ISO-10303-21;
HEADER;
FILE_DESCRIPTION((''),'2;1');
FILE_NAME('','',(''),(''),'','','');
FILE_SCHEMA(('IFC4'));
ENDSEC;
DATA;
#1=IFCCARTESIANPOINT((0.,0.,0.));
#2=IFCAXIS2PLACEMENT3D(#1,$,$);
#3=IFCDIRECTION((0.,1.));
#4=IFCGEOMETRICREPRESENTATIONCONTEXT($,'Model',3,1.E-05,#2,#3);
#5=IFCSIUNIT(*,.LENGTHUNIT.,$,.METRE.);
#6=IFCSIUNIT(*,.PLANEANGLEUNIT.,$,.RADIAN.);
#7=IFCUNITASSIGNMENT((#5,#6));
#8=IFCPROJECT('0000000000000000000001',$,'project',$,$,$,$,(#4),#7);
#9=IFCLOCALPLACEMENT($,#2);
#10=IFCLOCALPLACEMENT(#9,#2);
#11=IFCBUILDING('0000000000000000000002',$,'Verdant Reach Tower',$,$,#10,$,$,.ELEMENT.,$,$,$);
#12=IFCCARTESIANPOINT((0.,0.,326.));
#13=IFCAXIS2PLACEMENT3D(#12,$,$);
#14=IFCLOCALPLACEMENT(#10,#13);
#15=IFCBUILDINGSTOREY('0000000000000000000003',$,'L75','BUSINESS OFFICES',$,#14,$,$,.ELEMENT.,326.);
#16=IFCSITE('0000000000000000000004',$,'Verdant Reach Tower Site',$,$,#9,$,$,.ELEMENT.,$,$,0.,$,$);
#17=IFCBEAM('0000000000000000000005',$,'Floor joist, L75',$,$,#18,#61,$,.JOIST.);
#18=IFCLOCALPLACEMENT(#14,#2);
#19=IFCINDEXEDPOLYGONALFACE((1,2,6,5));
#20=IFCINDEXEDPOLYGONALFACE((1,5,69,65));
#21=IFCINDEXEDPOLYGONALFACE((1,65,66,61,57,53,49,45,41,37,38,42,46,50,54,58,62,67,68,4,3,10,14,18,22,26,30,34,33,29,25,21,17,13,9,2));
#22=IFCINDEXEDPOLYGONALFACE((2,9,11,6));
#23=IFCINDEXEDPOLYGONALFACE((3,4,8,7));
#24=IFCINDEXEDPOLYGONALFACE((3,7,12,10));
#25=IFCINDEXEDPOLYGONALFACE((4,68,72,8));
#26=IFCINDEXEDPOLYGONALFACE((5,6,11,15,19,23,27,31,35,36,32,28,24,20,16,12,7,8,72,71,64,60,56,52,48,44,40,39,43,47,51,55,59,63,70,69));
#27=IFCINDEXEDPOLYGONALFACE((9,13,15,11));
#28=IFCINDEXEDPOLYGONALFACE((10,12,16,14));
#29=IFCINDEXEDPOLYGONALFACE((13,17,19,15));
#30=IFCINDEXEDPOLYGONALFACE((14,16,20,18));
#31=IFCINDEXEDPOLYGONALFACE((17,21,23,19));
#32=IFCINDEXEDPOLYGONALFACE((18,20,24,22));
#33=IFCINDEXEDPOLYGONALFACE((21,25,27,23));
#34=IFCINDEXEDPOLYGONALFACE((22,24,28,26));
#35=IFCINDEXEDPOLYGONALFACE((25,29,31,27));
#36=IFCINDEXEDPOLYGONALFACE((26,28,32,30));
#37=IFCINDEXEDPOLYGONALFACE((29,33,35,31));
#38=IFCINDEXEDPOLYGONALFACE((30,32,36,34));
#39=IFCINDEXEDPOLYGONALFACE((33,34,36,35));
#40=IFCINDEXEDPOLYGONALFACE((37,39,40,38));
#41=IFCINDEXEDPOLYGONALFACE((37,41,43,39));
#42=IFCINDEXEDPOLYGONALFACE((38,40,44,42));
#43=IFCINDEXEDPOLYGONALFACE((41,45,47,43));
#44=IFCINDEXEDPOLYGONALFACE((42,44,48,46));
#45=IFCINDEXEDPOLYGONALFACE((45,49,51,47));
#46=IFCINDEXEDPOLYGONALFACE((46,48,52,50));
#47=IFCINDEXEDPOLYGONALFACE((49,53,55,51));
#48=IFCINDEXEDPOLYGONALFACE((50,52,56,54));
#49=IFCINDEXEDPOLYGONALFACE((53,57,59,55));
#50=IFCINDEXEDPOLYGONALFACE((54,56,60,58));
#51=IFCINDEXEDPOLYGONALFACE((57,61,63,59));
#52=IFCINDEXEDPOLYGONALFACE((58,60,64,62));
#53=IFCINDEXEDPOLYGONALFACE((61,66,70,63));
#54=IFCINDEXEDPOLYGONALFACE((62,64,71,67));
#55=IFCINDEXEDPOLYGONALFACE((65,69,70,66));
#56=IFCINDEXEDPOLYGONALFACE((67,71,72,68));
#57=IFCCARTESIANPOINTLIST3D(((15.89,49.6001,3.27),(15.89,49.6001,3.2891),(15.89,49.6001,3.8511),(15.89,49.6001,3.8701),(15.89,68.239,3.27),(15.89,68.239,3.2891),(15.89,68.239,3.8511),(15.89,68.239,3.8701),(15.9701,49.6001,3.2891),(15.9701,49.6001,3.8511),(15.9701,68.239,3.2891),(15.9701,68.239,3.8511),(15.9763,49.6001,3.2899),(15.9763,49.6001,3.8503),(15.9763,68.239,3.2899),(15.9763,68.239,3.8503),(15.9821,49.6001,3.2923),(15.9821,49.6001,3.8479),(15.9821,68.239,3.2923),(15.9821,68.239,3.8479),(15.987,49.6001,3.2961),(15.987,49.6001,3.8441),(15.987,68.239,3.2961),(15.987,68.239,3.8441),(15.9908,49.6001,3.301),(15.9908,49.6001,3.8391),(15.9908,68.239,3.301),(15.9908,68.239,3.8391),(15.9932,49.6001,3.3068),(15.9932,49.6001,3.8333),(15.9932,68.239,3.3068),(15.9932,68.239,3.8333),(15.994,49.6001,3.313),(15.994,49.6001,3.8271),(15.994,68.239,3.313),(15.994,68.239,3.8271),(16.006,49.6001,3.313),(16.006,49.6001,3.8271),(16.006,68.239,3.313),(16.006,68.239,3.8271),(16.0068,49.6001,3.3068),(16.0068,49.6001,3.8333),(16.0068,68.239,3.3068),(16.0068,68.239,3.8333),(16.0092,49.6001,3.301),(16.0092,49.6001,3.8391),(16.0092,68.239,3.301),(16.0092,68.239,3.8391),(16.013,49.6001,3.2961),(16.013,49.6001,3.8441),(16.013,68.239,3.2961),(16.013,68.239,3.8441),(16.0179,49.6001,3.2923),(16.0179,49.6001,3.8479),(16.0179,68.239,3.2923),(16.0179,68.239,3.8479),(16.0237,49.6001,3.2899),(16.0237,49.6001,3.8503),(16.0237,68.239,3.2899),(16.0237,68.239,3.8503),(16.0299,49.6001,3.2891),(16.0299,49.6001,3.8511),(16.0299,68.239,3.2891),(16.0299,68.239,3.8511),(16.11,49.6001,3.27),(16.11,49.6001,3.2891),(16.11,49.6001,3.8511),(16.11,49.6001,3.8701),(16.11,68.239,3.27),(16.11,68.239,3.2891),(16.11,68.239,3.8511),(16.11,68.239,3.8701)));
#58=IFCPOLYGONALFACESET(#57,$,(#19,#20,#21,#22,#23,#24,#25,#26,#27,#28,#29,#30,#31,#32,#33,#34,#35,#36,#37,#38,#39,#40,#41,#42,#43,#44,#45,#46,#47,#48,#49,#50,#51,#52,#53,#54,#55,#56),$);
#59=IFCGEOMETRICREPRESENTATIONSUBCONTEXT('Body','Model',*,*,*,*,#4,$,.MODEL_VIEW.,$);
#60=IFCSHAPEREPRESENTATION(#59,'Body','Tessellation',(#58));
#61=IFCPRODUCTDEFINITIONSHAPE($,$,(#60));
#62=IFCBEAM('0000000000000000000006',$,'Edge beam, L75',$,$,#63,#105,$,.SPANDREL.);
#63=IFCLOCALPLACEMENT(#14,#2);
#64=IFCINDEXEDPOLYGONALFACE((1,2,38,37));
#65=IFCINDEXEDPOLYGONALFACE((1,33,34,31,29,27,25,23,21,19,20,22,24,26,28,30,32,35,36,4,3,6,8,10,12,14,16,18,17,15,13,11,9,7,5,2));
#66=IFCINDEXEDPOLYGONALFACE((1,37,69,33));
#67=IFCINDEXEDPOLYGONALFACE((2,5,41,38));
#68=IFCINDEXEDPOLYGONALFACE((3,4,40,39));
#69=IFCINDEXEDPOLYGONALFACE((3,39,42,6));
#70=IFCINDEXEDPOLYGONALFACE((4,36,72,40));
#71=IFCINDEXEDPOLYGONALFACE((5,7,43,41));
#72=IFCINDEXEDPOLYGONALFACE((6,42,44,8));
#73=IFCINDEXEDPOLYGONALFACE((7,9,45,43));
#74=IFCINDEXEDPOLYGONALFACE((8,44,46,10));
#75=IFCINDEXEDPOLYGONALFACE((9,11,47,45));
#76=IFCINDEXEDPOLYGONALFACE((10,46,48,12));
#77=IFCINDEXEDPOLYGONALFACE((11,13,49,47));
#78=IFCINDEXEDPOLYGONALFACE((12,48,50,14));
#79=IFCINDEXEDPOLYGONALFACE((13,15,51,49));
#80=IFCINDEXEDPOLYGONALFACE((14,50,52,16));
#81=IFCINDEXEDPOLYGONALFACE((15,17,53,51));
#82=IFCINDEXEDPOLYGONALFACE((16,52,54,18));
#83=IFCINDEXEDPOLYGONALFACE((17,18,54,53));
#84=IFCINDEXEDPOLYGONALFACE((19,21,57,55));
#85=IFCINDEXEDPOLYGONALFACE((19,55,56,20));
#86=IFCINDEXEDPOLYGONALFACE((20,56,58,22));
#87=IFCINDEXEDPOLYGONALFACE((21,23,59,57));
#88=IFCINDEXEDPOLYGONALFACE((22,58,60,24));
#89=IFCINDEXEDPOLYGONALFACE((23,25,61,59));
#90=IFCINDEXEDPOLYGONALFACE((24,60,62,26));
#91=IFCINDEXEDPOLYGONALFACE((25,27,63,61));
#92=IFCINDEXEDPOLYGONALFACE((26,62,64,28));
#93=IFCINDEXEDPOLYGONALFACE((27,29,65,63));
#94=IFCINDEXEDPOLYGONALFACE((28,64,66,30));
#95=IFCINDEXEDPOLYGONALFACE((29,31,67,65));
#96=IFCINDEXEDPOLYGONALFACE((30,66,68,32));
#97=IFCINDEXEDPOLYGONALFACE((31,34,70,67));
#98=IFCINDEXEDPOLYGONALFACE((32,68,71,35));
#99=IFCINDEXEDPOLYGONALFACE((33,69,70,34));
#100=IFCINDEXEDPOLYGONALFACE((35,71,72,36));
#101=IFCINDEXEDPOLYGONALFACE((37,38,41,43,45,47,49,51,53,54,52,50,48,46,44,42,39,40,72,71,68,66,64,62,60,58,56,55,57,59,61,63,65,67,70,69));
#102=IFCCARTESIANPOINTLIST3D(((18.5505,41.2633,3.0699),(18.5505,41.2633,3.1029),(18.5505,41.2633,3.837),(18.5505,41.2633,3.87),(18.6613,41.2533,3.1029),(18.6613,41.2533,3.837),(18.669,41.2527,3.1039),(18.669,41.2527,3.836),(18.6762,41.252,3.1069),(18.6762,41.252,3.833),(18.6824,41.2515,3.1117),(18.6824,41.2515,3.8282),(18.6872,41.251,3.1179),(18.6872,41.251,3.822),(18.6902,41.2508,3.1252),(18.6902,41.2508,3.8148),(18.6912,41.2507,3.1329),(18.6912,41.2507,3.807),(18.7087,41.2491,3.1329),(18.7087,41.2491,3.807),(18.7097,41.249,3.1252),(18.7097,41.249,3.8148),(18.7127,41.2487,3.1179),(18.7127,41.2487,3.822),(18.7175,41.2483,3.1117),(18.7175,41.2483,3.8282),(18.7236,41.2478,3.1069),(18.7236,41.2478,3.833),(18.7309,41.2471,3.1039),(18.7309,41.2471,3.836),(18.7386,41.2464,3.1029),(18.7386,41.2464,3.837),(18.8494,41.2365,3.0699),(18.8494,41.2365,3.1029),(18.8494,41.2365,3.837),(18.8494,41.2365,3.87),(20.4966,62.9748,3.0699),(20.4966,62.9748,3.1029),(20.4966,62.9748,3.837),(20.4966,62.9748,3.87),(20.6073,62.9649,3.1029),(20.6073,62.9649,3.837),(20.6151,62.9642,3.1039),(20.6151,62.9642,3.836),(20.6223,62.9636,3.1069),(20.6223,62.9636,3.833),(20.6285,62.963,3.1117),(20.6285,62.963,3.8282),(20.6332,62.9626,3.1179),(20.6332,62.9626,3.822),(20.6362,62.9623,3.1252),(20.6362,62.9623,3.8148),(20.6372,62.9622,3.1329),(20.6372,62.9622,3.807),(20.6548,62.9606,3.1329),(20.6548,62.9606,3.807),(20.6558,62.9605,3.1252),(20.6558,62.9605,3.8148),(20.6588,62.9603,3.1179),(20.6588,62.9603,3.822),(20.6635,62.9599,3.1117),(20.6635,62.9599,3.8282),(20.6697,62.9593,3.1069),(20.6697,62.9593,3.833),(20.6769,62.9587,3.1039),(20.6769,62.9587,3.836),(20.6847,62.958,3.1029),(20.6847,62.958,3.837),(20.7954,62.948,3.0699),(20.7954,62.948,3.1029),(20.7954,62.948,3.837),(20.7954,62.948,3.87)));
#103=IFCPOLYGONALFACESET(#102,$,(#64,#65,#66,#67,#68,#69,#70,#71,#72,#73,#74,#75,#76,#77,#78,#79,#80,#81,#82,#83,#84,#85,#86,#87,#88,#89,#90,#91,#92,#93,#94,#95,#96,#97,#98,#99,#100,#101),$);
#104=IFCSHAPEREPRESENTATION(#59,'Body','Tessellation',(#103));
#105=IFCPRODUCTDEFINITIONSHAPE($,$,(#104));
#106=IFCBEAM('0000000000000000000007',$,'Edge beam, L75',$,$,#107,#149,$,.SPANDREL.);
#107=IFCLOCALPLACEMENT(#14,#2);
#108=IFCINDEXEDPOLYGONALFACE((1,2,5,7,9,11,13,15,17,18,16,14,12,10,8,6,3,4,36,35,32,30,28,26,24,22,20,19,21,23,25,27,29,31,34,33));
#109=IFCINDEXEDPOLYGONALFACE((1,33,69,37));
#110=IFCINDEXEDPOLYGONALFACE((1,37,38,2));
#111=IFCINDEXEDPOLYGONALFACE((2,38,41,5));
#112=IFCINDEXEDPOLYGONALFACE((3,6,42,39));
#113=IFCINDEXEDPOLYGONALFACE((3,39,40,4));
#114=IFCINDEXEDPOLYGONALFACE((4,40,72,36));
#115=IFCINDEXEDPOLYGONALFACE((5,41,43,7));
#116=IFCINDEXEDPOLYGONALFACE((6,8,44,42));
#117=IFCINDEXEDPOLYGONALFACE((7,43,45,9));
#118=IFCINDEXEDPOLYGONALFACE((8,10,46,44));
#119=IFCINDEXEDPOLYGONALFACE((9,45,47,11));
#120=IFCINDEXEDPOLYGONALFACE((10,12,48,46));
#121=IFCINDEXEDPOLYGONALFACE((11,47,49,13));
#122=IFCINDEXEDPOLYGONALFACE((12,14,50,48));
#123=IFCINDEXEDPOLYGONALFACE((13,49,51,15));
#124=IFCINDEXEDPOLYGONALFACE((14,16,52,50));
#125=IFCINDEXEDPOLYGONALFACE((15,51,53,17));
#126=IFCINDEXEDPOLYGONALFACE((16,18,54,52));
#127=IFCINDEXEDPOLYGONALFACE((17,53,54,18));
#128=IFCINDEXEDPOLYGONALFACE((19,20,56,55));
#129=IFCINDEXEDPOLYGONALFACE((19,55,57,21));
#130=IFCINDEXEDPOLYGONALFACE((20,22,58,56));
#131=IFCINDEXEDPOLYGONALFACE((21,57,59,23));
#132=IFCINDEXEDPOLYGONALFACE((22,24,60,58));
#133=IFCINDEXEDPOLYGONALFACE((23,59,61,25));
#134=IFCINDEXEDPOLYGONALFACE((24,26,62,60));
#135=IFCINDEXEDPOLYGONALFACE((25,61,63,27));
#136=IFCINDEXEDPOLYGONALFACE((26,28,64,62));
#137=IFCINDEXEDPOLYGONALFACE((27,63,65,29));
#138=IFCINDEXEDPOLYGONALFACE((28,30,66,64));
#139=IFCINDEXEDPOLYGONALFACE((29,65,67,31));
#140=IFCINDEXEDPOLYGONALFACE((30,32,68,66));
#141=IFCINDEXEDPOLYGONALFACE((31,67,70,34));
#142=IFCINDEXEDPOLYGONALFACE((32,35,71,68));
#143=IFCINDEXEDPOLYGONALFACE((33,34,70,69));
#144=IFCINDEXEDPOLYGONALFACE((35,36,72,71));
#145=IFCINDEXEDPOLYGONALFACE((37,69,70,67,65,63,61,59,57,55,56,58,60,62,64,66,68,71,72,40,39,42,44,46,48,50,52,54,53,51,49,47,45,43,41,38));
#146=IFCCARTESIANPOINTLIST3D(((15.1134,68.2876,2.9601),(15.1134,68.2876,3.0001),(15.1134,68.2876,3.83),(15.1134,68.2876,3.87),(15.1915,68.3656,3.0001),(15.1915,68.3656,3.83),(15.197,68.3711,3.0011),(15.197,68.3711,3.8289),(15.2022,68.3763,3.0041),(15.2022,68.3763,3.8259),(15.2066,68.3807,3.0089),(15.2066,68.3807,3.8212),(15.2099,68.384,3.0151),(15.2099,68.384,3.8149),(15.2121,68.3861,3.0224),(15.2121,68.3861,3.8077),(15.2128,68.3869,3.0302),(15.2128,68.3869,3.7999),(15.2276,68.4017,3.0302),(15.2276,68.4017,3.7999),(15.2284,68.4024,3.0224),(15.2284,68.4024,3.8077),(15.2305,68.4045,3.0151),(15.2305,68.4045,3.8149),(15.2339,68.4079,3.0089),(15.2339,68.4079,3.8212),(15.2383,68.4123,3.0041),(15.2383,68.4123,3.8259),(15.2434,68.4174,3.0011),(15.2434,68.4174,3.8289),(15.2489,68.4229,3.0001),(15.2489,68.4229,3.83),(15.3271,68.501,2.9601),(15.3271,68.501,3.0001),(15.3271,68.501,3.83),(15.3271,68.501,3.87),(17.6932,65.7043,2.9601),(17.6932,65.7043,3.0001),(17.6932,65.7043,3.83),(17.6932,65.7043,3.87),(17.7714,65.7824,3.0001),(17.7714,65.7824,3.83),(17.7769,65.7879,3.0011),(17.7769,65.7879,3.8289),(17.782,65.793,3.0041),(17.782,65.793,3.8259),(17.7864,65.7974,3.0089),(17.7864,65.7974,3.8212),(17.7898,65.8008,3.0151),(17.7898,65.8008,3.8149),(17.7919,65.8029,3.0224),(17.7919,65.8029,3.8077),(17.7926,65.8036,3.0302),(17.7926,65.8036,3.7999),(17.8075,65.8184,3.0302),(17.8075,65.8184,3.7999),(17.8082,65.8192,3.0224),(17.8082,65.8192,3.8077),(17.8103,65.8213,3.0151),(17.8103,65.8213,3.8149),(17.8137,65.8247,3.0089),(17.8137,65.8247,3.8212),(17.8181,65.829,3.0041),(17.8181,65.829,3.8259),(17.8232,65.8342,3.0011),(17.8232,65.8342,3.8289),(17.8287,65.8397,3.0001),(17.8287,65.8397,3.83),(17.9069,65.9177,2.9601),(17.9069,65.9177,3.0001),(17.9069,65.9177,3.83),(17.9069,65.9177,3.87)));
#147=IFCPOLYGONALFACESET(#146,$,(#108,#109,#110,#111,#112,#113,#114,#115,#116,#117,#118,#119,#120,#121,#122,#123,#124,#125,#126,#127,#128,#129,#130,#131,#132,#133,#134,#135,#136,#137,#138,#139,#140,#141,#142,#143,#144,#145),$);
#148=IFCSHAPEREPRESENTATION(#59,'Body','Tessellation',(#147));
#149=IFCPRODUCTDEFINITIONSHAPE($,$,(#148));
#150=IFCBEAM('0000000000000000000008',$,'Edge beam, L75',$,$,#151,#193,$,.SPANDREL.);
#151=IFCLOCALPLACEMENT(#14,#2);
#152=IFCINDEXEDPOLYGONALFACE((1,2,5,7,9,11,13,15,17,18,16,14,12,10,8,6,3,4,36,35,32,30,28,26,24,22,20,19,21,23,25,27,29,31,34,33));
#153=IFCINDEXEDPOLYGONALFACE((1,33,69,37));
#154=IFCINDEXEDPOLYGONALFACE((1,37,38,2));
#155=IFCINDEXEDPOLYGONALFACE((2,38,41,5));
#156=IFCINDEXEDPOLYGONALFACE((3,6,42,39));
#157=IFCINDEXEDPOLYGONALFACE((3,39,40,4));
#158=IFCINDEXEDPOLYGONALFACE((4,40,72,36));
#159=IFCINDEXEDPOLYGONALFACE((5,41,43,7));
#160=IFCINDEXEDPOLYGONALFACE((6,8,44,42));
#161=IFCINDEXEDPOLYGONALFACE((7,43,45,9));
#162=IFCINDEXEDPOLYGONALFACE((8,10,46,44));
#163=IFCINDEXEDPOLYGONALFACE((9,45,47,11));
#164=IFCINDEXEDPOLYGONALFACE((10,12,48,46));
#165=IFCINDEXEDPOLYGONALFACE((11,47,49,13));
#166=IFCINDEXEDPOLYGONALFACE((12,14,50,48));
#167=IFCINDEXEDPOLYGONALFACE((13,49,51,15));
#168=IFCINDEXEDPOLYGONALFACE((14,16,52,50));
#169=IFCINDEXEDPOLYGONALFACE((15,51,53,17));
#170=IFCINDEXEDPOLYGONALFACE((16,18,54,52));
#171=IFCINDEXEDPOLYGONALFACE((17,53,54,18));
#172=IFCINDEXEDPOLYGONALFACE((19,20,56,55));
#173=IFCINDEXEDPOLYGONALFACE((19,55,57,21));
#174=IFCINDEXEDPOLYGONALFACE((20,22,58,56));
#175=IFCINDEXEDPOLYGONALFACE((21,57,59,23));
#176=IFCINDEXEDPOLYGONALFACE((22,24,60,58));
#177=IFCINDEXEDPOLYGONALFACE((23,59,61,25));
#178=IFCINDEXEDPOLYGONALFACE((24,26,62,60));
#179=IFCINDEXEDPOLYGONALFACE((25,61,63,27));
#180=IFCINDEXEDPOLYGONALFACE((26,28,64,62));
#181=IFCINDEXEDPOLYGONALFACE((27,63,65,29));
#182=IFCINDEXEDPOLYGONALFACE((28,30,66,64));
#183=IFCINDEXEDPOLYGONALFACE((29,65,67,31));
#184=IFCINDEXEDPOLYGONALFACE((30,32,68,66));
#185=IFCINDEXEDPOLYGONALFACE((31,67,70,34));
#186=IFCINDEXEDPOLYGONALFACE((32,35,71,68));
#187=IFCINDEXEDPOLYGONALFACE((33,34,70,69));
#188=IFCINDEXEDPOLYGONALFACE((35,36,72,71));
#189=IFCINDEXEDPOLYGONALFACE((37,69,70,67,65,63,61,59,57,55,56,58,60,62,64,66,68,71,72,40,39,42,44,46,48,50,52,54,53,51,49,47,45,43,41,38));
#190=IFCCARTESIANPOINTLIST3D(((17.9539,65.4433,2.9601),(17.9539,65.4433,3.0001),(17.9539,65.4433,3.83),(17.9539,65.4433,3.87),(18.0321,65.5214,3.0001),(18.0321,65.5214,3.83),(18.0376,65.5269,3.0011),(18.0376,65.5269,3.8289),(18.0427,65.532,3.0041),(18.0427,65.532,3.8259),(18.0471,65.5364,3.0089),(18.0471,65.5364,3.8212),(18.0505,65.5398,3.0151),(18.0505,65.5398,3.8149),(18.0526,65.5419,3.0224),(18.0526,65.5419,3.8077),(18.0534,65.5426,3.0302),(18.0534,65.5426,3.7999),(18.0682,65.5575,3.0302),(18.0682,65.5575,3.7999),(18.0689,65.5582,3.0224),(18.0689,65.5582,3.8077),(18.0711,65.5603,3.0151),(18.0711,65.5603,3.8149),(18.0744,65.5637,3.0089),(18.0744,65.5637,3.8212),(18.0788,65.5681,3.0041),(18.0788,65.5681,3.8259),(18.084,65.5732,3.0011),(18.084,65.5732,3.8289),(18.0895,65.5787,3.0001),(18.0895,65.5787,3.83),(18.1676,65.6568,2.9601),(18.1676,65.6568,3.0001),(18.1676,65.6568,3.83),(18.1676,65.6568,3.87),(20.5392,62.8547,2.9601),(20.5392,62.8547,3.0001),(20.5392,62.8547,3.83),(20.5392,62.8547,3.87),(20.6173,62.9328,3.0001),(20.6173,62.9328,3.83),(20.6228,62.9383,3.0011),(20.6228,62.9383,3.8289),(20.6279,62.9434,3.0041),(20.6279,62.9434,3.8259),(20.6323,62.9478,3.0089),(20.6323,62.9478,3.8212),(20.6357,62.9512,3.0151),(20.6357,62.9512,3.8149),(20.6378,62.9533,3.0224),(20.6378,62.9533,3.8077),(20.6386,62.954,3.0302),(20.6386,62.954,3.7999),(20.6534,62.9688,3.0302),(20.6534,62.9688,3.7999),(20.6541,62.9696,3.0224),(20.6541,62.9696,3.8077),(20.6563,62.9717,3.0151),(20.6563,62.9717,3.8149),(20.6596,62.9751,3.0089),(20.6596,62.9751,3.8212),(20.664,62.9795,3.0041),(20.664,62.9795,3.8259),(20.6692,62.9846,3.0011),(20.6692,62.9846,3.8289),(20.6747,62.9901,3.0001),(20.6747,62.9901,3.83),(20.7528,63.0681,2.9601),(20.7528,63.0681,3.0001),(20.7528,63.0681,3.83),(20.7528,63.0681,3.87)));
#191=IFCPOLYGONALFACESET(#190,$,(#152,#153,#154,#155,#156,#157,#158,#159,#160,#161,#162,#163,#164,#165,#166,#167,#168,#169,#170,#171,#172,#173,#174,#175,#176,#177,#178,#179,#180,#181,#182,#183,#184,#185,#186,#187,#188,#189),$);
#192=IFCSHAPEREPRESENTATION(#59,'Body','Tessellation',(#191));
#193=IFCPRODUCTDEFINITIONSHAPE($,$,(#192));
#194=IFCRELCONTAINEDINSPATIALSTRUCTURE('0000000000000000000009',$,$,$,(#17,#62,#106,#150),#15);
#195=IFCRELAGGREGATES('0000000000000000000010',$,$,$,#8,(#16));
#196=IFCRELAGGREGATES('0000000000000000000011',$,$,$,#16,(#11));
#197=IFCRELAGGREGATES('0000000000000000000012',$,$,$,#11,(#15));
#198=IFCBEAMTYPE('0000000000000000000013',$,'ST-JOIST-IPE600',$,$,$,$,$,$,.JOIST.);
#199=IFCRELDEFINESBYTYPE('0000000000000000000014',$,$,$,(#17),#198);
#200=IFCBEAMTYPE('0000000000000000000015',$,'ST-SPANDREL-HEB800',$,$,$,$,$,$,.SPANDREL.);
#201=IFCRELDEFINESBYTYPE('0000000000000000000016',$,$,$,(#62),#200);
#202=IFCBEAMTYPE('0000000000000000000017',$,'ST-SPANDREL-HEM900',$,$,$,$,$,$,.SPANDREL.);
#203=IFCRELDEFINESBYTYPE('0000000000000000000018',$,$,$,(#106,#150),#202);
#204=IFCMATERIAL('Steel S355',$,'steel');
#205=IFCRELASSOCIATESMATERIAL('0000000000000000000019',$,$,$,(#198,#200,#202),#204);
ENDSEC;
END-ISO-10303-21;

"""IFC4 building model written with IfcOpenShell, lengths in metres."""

from ifc_helpers import new_model, si_unit, direction, frame, origin, origin_2d, place, context, subcontext, project, spatial, i_section, extrude, material, material_profile, profile_set, type_object, element, save


model = new_model("IFC4")

# Units and contexts
model_context = context("Model", 3, precision=1e-05, world=origin(), true_north=direction((0.0, 1.0)))
body_context = subcontext(model_context, "Body", "Model", "MODEL_VIEW")
ifc_project = project(units=[si_unit("LENGTHUNIT", "METRE"), si_unit("PLANEANGLEUNIT", "RADIAN")], contexts=[model_context])

# Site, building, storey
site_placement = place(None, origin())
site = spatial("IfcSite", under=ifc_project, at=site_placement, Name="Verdant Reach Tower Site", CompositionType="ELEMENT", RefElevation=0.0)
building_placement = place(site_placement, origin())
building = spatial("IfcBuilding", under=site, at=building_placement, Name="Verdant Reach Tower", CompositionType="ELEMENT")
storey_placement = place(building_placement, frame((0.0, 0.0, 326.0)))
storey = spatial("IfcBuildingStorey", under=building, at=storey_placement, Name="L75", Description="BUSINESS OFFICES", CompositionType="ELEMENT", Elevation=326.0)

# Beams
ifc_material_1 = material(Name="Steel S355", Category="steel")
ifc_material_profile_1 = material_profile(ifc_material_1, i_section(OverallWidth=0.22, OverallDepth=0.6001, WebThickness=0.012, FlangeThickness=0.019, FilletRadius=0.0239, at=origin_2d()), Name="IPE 600")
ifc_profile_set_1 = profile_set([ifc_material_profile_1], Name="Steel S355")
beam_type_1 = type_object("IfcBeamType", Name="ST-JOIST-IPE600", PredefinedType="JOIST", material=ifc_profile_set_1)
beam_1_placement = place(storey_placement, frame((16.0, 49.6001, 3.5701), z_axis=(0.0, 1.0, 0.0), x_axis=(-1.0, 0.0, 0.0)))
element("IfcBeam", 1, at=beam_1_placement, inside=storey, type_object=beam_type_1, Name="Floor joist, L75", PredefinedType="JOIST", context=body_context, shape_type="SweptSolid", body=[
    extrude(i_section(OverallWidth=0.22, OverallDepth=0.6001, WebThickness=0.012, FlangeThickness=0.019, FilletRadius=0.0239, at=origin_2d()), origin(), (0.0, 0.0, 1.0), 18.6389),
])
ifc_material_profile_2 = material_profile(ifc_material_1, i_section(OverallWidth=0.3, OverallDepth=0.8, WebThickness=0.0176, FlangeThickness=0.033, FilletRadius=0.03, at=origin_2d()), Name="HEB 800")
ifc_profile_set_2 = profile_set([ifc_material_profile_2], Name="Steel S355")
beam_type_2 = type_object("IfcBeamType", Name="ST-SPANDREL-HEB800", PredefinedType="SPANDREL", material=ifc_profile_set_2)
beam_2_placement = place(storey_placement, frame((20.646, 62.9614, 3.47), z_axis=(-0.089274, -0.996007, 0.0), x_axis=(0.996007, -0.089274, 0.0)))
element("IfcBeam", 2, at=beam_2_placement, inside=storey, type_object=beam_type_2, Name="Edge beam, L75", PredefinedType="SPANDREL", context=body_context, shape_type="SweptSolid", body=[
    extrude(i_section(OverallWidth=0.3, OverallDepth=0.8, WebThickness=0.0176, FlangeThickness=0.033, FilletRadius=0.03, at=origin_2d()), origin(), (0.0, 0.0, 1.0), 21.7986),
])
ifc_material_profile_3 = material_profile(ifc_material_1, i_section(OverallWidth=0.302, OverallDepth=0.9099, WebThickness=0.021, FlangeThickness=0.04, FilletRadius=0.03, at=origin_2d()), Name="HEM 900")
ifc_profile_set_3 = profile_set([ifc_material_profile_3], Name="Steel S355")
beam_type_3 = type_object("IfcBeamType", Name="ST-SPANDREL-HEM900", PredefinedType="SPANDREL", material=ifc_profile_set_3)
beam_3_placement = place(storey_placement, frame((15.2202, 68.3943, 3.415), z_axis=(0.706639, -0.707575, 0.0), x_axis=(0.707575, 0.706639, 0.0)))
element("IfcBeam", 3, at=beam_3_placement, inside=storey, type_object=beam_type_3, Name="Edge beam, L75", PredefinedType="SPANDREL", context=body_context, shape_type="SweptSolid", body=[
    extrude(i_section(OverallWidth=0.302, OverallDepth=0.9099, WebThickness=0.021, FlangeThickness=0.04, FilletRadius=0.03, at=origin_2d()), origin(), (0.0, 0.0, 1.0), 3.6509),
])
beam_4_placement = place(storey_placement, frame((18.0608, 65.55, 3.415), z_axis=(0.706639, -0.707574, 0.0), x_axis=(0.707574, 0.706639, 0.0)))
element("IfcBeam", 4, at=beam_4_placement, inside=storey, type_object=beam_type_3, Name="Edge beam, L75", PredefinedType="SPANDREL", context=body_context, shape_type="SweptSolid", body=[
    extrude(i_section(OverallWidth=0.302, OverallDepth=0.9099, WebThickness=0.021, FlangeThickness=0.04, FilletRadius=0.03, at=origin_2d()), origin(), (0.0, 0.0, 1.0), 3.6584),
])

save(model, "model.ifc")
